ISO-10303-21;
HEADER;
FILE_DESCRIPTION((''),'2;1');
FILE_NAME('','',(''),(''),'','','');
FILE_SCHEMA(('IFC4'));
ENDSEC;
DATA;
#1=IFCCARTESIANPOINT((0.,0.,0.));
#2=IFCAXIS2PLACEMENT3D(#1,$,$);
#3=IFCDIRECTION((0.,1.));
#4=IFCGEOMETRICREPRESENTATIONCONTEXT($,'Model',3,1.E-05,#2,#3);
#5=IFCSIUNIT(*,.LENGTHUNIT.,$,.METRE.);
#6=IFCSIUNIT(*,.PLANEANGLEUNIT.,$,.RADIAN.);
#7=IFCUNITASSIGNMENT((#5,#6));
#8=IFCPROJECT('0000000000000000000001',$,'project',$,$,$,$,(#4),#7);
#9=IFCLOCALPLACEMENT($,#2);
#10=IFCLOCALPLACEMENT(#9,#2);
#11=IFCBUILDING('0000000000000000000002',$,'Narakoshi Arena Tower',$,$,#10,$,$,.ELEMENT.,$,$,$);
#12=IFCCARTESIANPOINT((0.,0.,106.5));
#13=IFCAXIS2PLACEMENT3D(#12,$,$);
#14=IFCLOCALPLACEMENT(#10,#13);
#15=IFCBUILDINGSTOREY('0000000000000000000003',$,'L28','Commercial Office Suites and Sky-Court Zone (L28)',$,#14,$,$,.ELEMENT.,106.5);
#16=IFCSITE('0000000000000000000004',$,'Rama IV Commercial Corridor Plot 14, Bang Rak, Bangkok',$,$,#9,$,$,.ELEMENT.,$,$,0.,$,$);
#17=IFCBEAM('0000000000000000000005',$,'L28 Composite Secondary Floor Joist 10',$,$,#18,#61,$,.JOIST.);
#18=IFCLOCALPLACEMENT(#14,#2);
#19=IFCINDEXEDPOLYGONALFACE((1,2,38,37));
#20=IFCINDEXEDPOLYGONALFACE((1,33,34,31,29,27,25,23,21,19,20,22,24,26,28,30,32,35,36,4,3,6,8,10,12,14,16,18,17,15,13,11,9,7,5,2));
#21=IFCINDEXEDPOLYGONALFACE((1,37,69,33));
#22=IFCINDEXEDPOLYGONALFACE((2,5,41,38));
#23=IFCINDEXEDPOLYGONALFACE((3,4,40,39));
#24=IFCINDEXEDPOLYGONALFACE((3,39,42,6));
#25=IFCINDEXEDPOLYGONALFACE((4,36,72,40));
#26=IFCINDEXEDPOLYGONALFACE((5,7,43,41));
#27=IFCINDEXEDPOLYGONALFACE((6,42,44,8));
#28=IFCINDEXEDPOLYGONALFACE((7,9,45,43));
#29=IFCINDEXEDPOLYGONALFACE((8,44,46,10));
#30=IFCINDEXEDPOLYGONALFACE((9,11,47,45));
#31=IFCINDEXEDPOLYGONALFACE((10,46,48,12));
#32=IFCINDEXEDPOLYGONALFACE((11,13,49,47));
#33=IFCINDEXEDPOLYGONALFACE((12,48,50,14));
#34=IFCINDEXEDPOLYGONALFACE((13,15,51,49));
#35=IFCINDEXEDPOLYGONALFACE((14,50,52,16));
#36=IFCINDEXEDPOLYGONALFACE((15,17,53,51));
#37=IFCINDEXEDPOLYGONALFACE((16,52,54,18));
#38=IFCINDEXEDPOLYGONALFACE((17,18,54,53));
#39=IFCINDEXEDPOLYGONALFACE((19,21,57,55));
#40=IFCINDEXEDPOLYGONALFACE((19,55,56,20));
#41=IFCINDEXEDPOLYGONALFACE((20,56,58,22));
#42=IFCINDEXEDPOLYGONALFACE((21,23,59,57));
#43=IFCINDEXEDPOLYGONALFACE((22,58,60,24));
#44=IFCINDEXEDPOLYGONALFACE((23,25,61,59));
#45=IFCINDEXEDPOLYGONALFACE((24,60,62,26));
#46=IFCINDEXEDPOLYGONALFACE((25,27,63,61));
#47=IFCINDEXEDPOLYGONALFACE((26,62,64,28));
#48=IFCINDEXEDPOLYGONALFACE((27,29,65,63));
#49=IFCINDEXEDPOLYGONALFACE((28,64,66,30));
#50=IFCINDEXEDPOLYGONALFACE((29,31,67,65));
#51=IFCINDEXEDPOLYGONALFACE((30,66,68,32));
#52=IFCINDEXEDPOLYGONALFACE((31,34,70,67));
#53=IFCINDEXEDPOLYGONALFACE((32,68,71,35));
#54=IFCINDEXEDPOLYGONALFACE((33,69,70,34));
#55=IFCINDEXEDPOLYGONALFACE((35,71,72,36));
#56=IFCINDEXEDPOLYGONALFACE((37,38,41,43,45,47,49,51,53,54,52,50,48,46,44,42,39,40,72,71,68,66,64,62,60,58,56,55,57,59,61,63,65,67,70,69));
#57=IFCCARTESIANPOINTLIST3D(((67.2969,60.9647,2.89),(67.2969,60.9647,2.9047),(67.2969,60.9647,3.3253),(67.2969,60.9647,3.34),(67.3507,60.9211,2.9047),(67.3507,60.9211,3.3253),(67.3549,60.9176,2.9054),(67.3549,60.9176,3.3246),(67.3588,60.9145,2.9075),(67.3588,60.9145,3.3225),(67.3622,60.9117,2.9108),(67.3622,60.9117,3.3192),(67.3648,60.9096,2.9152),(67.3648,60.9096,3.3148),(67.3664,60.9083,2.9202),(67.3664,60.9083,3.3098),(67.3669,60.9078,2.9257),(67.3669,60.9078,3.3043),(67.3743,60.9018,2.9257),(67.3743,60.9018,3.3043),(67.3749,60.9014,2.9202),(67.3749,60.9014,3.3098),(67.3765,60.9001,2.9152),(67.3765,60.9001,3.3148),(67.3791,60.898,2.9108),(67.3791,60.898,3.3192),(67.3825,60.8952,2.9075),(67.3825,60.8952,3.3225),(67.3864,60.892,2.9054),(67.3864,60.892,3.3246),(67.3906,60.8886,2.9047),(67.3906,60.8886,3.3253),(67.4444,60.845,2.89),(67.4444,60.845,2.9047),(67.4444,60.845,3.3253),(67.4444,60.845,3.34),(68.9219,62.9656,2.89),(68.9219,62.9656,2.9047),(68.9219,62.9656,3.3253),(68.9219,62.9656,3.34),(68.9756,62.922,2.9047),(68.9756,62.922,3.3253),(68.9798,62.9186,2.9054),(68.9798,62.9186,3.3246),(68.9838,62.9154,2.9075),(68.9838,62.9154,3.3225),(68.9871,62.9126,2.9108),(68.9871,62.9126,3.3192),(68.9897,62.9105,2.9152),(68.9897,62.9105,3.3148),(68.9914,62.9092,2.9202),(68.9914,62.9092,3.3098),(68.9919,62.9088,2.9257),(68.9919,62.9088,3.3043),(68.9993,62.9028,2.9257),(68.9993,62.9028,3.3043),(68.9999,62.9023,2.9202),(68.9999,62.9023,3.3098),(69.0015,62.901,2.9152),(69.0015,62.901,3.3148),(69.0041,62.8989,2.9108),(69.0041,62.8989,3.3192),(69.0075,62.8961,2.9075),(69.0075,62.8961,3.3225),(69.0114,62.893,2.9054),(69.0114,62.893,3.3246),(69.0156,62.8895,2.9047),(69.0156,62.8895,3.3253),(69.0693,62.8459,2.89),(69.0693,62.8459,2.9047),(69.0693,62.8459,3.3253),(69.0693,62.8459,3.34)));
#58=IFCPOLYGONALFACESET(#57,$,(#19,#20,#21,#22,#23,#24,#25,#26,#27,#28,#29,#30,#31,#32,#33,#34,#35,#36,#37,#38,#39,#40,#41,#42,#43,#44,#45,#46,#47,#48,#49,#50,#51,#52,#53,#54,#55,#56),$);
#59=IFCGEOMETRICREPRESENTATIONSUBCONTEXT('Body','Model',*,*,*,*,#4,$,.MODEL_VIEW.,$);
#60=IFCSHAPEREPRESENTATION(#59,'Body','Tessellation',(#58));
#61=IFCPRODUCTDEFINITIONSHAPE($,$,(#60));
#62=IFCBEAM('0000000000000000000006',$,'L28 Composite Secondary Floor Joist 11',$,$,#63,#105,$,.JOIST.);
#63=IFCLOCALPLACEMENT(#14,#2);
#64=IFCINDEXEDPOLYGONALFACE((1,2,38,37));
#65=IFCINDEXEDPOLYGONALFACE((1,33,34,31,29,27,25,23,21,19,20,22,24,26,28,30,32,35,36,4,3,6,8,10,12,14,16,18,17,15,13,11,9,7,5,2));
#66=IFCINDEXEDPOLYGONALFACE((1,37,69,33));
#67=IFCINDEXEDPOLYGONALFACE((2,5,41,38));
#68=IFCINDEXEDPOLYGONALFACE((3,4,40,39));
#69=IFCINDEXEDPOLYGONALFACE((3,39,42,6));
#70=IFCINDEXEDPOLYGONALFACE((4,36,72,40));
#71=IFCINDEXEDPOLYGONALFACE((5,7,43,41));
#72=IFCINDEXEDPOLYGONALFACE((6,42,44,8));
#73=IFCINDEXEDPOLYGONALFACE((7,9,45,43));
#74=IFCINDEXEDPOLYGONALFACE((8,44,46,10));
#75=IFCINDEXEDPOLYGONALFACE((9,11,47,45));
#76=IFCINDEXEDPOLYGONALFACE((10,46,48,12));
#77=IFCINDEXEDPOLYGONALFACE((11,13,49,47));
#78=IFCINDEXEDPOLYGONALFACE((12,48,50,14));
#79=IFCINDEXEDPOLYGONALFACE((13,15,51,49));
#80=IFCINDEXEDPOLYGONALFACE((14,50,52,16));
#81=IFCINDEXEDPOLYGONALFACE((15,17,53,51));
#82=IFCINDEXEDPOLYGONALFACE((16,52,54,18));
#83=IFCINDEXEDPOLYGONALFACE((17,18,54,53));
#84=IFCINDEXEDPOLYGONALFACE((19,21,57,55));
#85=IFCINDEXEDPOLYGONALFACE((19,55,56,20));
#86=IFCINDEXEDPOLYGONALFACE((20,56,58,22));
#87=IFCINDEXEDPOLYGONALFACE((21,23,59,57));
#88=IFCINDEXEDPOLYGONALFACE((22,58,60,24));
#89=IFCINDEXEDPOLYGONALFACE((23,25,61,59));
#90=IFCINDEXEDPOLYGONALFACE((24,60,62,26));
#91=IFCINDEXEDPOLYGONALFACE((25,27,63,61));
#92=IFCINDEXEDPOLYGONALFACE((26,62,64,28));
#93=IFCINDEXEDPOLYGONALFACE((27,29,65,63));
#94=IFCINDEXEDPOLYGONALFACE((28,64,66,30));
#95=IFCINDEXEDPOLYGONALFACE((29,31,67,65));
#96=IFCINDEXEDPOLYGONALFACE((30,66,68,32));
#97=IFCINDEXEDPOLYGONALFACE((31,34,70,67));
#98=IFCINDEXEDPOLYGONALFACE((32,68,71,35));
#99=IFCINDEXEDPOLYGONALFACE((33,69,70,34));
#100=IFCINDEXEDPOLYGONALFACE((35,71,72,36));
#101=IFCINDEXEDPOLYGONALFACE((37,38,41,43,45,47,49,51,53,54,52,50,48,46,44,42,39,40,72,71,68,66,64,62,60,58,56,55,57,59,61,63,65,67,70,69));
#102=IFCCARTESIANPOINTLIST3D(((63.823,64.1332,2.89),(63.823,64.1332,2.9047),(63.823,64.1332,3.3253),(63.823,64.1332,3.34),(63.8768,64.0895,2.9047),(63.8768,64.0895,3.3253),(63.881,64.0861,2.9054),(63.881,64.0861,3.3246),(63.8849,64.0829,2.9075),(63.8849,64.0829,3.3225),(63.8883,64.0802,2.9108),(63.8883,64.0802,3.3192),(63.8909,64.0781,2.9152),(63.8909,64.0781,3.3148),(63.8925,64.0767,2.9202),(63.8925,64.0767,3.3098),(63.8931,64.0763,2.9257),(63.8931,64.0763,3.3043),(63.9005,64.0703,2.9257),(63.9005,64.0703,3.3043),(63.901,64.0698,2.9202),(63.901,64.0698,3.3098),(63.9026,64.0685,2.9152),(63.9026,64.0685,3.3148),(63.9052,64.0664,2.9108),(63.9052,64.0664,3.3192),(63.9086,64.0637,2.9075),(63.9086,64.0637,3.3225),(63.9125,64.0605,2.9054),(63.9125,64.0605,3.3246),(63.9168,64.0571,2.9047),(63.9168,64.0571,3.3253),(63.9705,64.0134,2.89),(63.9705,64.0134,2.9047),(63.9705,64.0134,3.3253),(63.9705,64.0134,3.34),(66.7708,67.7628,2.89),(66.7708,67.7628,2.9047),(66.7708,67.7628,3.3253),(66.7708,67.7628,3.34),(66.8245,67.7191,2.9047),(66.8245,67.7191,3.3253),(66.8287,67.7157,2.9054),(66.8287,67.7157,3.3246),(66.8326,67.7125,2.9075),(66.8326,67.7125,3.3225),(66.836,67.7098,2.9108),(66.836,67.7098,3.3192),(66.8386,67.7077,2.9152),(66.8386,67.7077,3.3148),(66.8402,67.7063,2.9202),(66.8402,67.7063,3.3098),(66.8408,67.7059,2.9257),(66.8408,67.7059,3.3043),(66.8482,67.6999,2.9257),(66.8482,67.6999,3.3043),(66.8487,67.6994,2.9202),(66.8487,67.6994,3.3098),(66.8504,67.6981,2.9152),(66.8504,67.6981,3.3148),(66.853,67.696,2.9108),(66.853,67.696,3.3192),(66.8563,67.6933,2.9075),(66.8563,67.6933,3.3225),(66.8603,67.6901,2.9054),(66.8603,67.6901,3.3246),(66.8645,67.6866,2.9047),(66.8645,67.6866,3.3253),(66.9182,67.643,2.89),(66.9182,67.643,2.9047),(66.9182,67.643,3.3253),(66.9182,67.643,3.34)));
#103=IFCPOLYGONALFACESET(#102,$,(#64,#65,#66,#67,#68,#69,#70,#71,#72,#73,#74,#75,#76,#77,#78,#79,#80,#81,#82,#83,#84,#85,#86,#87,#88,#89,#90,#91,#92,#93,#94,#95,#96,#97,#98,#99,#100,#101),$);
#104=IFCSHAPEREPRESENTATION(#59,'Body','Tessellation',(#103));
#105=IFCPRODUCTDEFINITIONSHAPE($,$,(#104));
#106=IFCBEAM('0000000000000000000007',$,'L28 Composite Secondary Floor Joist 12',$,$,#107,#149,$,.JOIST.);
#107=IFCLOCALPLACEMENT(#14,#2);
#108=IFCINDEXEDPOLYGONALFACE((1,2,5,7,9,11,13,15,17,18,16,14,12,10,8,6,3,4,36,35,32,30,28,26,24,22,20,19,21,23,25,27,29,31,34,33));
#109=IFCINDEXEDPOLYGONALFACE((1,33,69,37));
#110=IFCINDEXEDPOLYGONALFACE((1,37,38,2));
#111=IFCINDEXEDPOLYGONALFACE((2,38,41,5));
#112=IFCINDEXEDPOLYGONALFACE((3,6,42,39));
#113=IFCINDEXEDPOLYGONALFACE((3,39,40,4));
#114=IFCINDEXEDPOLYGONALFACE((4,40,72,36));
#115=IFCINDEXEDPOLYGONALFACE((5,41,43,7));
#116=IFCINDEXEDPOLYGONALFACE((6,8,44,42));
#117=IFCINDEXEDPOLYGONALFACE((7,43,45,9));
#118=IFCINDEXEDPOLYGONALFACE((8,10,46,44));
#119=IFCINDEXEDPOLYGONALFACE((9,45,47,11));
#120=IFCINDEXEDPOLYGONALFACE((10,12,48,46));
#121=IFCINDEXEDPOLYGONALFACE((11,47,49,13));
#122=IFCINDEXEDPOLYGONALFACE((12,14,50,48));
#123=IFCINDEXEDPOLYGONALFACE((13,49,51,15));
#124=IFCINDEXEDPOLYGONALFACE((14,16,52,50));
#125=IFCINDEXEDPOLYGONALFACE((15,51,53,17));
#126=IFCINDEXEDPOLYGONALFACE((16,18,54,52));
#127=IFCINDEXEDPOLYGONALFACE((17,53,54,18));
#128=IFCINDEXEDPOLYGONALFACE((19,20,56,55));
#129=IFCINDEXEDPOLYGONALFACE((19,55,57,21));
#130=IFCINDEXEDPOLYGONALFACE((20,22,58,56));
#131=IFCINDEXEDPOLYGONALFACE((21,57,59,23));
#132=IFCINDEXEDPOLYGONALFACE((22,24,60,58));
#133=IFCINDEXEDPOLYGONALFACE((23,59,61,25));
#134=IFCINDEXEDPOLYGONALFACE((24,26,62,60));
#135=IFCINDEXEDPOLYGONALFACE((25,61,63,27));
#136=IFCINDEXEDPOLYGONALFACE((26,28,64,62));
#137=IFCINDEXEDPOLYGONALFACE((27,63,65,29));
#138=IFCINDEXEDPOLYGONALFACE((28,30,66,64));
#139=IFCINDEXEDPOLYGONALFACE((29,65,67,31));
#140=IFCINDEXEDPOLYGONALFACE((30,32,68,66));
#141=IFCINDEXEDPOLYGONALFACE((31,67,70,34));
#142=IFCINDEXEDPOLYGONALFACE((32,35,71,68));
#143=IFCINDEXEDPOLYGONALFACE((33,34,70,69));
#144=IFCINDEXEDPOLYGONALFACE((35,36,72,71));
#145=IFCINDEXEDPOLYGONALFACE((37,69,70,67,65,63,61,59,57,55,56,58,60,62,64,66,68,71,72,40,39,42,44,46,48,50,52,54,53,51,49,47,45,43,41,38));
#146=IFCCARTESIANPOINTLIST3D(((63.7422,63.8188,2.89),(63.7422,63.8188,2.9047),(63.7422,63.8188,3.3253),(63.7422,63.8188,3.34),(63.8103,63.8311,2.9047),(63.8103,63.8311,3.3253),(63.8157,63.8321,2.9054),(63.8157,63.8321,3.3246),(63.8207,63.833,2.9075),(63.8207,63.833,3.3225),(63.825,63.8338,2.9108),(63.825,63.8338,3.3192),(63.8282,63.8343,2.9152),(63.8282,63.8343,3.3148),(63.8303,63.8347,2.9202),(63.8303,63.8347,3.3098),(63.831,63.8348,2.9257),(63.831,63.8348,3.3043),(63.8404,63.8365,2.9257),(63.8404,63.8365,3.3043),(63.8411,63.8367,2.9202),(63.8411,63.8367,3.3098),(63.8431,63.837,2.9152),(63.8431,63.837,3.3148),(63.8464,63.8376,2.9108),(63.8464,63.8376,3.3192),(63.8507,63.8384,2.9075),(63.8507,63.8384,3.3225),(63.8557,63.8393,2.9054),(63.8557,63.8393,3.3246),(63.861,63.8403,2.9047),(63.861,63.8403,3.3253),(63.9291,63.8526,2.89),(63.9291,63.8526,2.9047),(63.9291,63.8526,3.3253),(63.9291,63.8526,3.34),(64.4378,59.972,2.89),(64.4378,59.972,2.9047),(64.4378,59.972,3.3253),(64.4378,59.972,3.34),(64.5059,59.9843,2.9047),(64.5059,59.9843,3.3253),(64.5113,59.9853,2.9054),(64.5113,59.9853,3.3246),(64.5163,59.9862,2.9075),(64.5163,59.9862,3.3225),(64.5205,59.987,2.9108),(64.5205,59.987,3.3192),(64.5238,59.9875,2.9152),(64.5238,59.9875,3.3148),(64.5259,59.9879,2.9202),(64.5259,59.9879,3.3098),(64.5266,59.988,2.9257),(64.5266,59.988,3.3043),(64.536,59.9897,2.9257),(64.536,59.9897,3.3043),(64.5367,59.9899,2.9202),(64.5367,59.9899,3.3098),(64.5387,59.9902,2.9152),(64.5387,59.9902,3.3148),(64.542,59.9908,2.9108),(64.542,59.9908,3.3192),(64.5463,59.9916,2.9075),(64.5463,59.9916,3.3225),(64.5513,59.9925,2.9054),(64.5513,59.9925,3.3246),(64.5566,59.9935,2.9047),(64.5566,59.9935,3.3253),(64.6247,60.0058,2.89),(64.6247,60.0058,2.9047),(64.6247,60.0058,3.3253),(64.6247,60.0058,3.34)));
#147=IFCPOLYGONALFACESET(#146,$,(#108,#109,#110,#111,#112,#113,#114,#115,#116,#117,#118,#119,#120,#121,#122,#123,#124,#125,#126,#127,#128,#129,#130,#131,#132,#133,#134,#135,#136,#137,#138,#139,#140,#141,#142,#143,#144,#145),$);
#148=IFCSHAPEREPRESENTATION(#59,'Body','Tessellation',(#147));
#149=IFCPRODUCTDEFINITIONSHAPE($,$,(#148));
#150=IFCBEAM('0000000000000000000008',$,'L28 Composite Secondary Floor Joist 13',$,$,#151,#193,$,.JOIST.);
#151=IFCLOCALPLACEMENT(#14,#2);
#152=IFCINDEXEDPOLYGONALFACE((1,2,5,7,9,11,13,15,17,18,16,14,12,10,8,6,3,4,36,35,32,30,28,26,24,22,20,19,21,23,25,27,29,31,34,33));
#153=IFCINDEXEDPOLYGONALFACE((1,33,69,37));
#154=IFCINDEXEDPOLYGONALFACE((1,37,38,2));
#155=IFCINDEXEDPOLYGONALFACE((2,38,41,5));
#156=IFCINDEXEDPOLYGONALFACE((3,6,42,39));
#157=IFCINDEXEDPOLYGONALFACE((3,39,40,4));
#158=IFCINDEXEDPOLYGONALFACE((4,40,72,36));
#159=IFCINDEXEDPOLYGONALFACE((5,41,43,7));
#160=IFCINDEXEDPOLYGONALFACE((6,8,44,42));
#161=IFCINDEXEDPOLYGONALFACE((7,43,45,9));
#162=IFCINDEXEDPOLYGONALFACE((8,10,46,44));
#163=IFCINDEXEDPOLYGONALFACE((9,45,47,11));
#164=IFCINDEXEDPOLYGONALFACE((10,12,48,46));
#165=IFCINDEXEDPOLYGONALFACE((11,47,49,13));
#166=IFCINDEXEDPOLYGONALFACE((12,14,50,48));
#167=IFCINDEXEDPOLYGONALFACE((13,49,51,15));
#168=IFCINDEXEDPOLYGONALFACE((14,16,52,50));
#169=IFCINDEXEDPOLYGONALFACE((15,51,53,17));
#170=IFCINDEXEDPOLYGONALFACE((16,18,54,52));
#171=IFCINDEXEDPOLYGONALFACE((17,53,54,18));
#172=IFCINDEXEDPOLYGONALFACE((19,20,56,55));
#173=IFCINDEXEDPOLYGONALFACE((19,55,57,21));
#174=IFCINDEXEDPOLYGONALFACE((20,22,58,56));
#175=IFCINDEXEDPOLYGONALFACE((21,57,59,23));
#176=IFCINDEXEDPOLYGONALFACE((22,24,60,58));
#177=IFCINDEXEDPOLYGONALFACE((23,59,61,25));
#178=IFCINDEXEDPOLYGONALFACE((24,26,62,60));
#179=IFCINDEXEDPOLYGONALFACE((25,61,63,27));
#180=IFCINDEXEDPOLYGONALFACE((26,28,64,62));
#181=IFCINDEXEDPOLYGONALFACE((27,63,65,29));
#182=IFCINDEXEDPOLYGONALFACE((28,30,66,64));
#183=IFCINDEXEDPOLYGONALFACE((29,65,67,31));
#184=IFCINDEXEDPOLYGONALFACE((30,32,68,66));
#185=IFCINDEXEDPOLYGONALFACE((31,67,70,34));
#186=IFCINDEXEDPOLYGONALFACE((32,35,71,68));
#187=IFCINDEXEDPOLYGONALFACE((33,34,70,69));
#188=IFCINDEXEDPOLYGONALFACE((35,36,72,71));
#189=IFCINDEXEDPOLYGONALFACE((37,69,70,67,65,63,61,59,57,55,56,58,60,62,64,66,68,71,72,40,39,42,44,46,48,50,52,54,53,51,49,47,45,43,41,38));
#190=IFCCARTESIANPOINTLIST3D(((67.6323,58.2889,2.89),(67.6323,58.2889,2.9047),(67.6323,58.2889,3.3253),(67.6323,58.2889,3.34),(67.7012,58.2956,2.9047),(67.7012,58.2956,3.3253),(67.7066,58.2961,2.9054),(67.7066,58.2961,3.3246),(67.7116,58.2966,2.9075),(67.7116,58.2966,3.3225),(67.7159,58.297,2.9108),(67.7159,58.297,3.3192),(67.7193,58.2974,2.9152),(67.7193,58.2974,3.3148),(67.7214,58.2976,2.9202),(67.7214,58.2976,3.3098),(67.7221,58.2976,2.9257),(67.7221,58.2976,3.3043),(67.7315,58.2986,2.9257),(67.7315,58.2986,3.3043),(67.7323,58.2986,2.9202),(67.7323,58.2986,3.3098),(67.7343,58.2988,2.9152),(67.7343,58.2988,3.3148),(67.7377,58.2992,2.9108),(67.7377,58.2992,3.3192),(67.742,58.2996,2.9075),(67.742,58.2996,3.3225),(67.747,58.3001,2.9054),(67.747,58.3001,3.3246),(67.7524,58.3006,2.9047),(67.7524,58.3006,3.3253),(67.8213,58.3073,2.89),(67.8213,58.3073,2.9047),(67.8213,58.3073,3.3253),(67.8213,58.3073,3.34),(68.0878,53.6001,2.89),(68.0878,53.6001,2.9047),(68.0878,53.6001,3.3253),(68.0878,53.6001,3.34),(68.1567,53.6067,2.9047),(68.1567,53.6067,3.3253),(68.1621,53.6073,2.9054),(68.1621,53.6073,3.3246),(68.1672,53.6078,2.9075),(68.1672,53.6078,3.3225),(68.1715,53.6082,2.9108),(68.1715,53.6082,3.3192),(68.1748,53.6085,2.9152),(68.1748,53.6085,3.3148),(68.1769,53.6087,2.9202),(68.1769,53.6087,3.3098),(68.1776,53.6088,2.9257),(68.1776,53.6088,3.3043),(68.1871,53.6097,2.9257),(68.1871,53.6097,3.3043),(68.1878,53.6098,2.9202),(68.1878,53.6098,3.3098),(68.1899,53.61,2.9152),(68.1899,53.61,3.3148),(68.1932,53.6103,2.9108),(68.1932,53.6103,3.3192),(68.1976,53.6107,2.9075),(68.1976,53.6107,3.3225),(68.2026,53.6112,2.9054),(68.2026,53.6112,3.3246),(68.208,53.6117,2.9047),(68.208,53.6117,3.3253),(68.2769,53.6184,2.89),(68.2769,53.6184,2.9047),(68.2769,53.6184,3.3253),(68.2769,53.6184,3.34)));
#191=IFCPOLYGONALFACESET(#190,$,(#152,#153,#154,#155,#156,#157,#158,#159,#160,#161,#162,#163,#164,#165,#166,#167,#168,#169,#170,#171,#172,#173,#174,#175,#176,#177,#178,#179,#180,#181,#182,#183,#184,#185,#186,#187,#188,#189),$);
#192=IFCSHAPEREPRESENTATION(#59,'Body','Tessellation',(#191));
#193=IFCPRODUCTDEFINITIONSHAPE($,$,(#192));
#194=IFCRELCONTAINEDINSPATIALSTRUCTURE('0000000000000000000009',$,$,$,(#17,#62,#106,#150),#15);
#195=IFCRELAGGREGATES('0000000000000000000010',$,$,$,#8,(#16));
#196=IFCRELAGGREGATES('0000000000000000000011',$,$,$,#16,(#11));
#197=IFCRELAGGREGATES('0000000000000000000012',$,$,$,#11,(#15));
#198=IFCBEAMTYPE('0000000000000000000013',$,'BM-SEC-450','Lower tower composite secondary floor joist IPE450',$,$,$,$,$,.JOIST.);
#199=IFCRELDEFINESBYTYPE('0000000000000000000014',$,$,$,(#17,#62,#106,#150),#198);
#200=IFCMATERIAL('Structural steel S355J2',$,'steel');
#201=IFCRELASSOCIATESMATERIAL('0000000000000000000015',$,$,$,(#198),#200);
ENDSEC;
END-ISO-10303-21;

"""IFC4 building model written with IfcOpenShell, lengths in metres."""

from ifc_helpers import new_model, si_unit, direction, frame, origin, origin_2d, place, context, subcontext, project, spatial, i_section, extrude, material, material_profile, profile_set, type_object, element, save


model = new_model("IFC4")

# Units and contexts
model_context = context("Model", 3, precision=1e-05, world=origin(), true_north=direction((0.0, 1.0)))
body_context = subcontext(model_context, "Body", "Model", "MODEL_VIEW")
ifc_project = project(units=[si_unit("LENGTHUNIT", "METRE"), si_unit("PLANEANGLEUNIT", "RADIAN")], contexts=[model_context])

# Site, building, storey
site_placement = place(None, origin())
site = spatial("IfcSite", under=ifc_project, at=site_placement, Name="Rama IV Commercial Corridor Plot 14, Bang Rak, Bangkok", CompositionType="ELEMENT", RefElevation=0.0)
building_placement = place(site_placement, origin())
building = spatial("IfcBuilding", under=site, at=building_placement, Name="Narakoshi Arena Tower", CompositionType="ELEMENT")
storey_placement = place(building_placement, frame((0.0, 0.0, 106.5)))
storey = spatial("IfcBuildingStorey", under=building, at=storey_placement, Name="L28", Description="Commercial Office Suites and Sky-Court Zone (L28)", CompositionType="ELEMENT", Elevation=106.5)

# Beams
ifc_material_1 = material(Name="Structural steel S355J2", Category="steel")
ifc_material_profile_1 = material_profile(ifc_material_1, i_section(OverallWidth=0.1899, OverallDepth=0.45, WebThickness=0.0095, FlangeThickness=0.0146, FilletRadius=0.021, at=origin_2d()), Name="IPE450")
ifc_profile_set_1 = profile_set([ifc_material_profile_1], Name="Structural steel S355J2")
beam_type_1 = type_object("IfcBeamType", Name="BM-SEC-450", Description="Lower tower composite secondary floor joist IPE450", PredefinedType="JOIST", material=ifc_profile_set_1)
beam_1_placement = place(storey_placement, frame((68.9956, 62.9058, 3.115), z_axis=(-0.630407, -0.776265, 0.0), x_axis=(0.776265, -0.630407, 0.0)))
element("IfcBeam", 1, at=beam_1_placement, inside=storey, type_object=beam_type_1, Name="L28 Composite Secondary Floor Joist 10", PredefinedType="JOIST", context=body_context, shape_type="SweptSolid", body=[
    extrude(i_section(OverallWidth=0.1899, OverallDepth=0.45, WebThickness=0.0095, FlangeThickness=0.0146, FilletRadius=0.021, at=origin_2d()), origin(), (0.0, 0.0, 1.0), 2.5776),
])
beam_2_placement = place(storey_placement, frame((66.8445, 67.7029, 3.115), z_axis=(-0.630422, -0.776253, 0.0), x_axis=(0.776253, -0.630422, 0.0)))
element("IfcBeam", 2, at=beam_2_placement, inside=storey, type_object=beam_type_1, Name="L28 Composite Secondary Floor Joist 11", PredefinedType="JOIST", context=body_context, shape_type="SweptSolid", body=[
    extrude(i_section(OverallWidth=0.1899, OverallDepth=0.45, WebThickness=0.0095, FlangeThickness=0.0146, FilletRadius=0.021, at=origin_2d()), origin(), (0.0, 0.0, 1.0), 4.6758),
])
beam_3_placement = place(storey_placement, frame((63.8357, 63.8357, 3.115), z_axis=(0.177935, -0.984042, 0.0), x_axis=(0.984042, 0.177935, 0.0)))
element("IfcBeam", 3, at=beam_3_placement, inside=storey, type_object=beam_type_1, Name="L28 Composite Secondary Floor Joist 12", PredefinedType="JOIST", context=body_context, shape_type="SweptSolid", body=[
    extrude(i_section(OverallWidth=0.1899, OverallDepth=0.45, WebThickness=0.0095, FlangeThickness=0.0146, FilletRadius=0.021, at=origin_2d()), origin(), (0.0, 0.0, 1.0), 3.9092),
])
beam_4_placement = place(storey_placement, frame((67.7268, 58.2981, 3.115), z_axis=(0.096702, -0.995313, 0.0), x_axis=(0.995313, 0.096702, 0.0)))
element("IfcBeam", 4, at=beam_4_placement, inside=storey, type_object=beam_type_1, Name="L28 Composite Secondary Floor Joist 13", PredefinedType="JOIST", context=body_context, shape_type="SweptSolid", body=[
    extrude(i_section(OverallWidth=0.1899, OverallDepth=0.45, WebThickness=0.0095, FlangeThickness=0.0146, FilletRadius=0.021, at=origin_2d()), origin(), (0.0, 0.0, 1.0), 4.7109),
])

save(model, "model.ifc")
